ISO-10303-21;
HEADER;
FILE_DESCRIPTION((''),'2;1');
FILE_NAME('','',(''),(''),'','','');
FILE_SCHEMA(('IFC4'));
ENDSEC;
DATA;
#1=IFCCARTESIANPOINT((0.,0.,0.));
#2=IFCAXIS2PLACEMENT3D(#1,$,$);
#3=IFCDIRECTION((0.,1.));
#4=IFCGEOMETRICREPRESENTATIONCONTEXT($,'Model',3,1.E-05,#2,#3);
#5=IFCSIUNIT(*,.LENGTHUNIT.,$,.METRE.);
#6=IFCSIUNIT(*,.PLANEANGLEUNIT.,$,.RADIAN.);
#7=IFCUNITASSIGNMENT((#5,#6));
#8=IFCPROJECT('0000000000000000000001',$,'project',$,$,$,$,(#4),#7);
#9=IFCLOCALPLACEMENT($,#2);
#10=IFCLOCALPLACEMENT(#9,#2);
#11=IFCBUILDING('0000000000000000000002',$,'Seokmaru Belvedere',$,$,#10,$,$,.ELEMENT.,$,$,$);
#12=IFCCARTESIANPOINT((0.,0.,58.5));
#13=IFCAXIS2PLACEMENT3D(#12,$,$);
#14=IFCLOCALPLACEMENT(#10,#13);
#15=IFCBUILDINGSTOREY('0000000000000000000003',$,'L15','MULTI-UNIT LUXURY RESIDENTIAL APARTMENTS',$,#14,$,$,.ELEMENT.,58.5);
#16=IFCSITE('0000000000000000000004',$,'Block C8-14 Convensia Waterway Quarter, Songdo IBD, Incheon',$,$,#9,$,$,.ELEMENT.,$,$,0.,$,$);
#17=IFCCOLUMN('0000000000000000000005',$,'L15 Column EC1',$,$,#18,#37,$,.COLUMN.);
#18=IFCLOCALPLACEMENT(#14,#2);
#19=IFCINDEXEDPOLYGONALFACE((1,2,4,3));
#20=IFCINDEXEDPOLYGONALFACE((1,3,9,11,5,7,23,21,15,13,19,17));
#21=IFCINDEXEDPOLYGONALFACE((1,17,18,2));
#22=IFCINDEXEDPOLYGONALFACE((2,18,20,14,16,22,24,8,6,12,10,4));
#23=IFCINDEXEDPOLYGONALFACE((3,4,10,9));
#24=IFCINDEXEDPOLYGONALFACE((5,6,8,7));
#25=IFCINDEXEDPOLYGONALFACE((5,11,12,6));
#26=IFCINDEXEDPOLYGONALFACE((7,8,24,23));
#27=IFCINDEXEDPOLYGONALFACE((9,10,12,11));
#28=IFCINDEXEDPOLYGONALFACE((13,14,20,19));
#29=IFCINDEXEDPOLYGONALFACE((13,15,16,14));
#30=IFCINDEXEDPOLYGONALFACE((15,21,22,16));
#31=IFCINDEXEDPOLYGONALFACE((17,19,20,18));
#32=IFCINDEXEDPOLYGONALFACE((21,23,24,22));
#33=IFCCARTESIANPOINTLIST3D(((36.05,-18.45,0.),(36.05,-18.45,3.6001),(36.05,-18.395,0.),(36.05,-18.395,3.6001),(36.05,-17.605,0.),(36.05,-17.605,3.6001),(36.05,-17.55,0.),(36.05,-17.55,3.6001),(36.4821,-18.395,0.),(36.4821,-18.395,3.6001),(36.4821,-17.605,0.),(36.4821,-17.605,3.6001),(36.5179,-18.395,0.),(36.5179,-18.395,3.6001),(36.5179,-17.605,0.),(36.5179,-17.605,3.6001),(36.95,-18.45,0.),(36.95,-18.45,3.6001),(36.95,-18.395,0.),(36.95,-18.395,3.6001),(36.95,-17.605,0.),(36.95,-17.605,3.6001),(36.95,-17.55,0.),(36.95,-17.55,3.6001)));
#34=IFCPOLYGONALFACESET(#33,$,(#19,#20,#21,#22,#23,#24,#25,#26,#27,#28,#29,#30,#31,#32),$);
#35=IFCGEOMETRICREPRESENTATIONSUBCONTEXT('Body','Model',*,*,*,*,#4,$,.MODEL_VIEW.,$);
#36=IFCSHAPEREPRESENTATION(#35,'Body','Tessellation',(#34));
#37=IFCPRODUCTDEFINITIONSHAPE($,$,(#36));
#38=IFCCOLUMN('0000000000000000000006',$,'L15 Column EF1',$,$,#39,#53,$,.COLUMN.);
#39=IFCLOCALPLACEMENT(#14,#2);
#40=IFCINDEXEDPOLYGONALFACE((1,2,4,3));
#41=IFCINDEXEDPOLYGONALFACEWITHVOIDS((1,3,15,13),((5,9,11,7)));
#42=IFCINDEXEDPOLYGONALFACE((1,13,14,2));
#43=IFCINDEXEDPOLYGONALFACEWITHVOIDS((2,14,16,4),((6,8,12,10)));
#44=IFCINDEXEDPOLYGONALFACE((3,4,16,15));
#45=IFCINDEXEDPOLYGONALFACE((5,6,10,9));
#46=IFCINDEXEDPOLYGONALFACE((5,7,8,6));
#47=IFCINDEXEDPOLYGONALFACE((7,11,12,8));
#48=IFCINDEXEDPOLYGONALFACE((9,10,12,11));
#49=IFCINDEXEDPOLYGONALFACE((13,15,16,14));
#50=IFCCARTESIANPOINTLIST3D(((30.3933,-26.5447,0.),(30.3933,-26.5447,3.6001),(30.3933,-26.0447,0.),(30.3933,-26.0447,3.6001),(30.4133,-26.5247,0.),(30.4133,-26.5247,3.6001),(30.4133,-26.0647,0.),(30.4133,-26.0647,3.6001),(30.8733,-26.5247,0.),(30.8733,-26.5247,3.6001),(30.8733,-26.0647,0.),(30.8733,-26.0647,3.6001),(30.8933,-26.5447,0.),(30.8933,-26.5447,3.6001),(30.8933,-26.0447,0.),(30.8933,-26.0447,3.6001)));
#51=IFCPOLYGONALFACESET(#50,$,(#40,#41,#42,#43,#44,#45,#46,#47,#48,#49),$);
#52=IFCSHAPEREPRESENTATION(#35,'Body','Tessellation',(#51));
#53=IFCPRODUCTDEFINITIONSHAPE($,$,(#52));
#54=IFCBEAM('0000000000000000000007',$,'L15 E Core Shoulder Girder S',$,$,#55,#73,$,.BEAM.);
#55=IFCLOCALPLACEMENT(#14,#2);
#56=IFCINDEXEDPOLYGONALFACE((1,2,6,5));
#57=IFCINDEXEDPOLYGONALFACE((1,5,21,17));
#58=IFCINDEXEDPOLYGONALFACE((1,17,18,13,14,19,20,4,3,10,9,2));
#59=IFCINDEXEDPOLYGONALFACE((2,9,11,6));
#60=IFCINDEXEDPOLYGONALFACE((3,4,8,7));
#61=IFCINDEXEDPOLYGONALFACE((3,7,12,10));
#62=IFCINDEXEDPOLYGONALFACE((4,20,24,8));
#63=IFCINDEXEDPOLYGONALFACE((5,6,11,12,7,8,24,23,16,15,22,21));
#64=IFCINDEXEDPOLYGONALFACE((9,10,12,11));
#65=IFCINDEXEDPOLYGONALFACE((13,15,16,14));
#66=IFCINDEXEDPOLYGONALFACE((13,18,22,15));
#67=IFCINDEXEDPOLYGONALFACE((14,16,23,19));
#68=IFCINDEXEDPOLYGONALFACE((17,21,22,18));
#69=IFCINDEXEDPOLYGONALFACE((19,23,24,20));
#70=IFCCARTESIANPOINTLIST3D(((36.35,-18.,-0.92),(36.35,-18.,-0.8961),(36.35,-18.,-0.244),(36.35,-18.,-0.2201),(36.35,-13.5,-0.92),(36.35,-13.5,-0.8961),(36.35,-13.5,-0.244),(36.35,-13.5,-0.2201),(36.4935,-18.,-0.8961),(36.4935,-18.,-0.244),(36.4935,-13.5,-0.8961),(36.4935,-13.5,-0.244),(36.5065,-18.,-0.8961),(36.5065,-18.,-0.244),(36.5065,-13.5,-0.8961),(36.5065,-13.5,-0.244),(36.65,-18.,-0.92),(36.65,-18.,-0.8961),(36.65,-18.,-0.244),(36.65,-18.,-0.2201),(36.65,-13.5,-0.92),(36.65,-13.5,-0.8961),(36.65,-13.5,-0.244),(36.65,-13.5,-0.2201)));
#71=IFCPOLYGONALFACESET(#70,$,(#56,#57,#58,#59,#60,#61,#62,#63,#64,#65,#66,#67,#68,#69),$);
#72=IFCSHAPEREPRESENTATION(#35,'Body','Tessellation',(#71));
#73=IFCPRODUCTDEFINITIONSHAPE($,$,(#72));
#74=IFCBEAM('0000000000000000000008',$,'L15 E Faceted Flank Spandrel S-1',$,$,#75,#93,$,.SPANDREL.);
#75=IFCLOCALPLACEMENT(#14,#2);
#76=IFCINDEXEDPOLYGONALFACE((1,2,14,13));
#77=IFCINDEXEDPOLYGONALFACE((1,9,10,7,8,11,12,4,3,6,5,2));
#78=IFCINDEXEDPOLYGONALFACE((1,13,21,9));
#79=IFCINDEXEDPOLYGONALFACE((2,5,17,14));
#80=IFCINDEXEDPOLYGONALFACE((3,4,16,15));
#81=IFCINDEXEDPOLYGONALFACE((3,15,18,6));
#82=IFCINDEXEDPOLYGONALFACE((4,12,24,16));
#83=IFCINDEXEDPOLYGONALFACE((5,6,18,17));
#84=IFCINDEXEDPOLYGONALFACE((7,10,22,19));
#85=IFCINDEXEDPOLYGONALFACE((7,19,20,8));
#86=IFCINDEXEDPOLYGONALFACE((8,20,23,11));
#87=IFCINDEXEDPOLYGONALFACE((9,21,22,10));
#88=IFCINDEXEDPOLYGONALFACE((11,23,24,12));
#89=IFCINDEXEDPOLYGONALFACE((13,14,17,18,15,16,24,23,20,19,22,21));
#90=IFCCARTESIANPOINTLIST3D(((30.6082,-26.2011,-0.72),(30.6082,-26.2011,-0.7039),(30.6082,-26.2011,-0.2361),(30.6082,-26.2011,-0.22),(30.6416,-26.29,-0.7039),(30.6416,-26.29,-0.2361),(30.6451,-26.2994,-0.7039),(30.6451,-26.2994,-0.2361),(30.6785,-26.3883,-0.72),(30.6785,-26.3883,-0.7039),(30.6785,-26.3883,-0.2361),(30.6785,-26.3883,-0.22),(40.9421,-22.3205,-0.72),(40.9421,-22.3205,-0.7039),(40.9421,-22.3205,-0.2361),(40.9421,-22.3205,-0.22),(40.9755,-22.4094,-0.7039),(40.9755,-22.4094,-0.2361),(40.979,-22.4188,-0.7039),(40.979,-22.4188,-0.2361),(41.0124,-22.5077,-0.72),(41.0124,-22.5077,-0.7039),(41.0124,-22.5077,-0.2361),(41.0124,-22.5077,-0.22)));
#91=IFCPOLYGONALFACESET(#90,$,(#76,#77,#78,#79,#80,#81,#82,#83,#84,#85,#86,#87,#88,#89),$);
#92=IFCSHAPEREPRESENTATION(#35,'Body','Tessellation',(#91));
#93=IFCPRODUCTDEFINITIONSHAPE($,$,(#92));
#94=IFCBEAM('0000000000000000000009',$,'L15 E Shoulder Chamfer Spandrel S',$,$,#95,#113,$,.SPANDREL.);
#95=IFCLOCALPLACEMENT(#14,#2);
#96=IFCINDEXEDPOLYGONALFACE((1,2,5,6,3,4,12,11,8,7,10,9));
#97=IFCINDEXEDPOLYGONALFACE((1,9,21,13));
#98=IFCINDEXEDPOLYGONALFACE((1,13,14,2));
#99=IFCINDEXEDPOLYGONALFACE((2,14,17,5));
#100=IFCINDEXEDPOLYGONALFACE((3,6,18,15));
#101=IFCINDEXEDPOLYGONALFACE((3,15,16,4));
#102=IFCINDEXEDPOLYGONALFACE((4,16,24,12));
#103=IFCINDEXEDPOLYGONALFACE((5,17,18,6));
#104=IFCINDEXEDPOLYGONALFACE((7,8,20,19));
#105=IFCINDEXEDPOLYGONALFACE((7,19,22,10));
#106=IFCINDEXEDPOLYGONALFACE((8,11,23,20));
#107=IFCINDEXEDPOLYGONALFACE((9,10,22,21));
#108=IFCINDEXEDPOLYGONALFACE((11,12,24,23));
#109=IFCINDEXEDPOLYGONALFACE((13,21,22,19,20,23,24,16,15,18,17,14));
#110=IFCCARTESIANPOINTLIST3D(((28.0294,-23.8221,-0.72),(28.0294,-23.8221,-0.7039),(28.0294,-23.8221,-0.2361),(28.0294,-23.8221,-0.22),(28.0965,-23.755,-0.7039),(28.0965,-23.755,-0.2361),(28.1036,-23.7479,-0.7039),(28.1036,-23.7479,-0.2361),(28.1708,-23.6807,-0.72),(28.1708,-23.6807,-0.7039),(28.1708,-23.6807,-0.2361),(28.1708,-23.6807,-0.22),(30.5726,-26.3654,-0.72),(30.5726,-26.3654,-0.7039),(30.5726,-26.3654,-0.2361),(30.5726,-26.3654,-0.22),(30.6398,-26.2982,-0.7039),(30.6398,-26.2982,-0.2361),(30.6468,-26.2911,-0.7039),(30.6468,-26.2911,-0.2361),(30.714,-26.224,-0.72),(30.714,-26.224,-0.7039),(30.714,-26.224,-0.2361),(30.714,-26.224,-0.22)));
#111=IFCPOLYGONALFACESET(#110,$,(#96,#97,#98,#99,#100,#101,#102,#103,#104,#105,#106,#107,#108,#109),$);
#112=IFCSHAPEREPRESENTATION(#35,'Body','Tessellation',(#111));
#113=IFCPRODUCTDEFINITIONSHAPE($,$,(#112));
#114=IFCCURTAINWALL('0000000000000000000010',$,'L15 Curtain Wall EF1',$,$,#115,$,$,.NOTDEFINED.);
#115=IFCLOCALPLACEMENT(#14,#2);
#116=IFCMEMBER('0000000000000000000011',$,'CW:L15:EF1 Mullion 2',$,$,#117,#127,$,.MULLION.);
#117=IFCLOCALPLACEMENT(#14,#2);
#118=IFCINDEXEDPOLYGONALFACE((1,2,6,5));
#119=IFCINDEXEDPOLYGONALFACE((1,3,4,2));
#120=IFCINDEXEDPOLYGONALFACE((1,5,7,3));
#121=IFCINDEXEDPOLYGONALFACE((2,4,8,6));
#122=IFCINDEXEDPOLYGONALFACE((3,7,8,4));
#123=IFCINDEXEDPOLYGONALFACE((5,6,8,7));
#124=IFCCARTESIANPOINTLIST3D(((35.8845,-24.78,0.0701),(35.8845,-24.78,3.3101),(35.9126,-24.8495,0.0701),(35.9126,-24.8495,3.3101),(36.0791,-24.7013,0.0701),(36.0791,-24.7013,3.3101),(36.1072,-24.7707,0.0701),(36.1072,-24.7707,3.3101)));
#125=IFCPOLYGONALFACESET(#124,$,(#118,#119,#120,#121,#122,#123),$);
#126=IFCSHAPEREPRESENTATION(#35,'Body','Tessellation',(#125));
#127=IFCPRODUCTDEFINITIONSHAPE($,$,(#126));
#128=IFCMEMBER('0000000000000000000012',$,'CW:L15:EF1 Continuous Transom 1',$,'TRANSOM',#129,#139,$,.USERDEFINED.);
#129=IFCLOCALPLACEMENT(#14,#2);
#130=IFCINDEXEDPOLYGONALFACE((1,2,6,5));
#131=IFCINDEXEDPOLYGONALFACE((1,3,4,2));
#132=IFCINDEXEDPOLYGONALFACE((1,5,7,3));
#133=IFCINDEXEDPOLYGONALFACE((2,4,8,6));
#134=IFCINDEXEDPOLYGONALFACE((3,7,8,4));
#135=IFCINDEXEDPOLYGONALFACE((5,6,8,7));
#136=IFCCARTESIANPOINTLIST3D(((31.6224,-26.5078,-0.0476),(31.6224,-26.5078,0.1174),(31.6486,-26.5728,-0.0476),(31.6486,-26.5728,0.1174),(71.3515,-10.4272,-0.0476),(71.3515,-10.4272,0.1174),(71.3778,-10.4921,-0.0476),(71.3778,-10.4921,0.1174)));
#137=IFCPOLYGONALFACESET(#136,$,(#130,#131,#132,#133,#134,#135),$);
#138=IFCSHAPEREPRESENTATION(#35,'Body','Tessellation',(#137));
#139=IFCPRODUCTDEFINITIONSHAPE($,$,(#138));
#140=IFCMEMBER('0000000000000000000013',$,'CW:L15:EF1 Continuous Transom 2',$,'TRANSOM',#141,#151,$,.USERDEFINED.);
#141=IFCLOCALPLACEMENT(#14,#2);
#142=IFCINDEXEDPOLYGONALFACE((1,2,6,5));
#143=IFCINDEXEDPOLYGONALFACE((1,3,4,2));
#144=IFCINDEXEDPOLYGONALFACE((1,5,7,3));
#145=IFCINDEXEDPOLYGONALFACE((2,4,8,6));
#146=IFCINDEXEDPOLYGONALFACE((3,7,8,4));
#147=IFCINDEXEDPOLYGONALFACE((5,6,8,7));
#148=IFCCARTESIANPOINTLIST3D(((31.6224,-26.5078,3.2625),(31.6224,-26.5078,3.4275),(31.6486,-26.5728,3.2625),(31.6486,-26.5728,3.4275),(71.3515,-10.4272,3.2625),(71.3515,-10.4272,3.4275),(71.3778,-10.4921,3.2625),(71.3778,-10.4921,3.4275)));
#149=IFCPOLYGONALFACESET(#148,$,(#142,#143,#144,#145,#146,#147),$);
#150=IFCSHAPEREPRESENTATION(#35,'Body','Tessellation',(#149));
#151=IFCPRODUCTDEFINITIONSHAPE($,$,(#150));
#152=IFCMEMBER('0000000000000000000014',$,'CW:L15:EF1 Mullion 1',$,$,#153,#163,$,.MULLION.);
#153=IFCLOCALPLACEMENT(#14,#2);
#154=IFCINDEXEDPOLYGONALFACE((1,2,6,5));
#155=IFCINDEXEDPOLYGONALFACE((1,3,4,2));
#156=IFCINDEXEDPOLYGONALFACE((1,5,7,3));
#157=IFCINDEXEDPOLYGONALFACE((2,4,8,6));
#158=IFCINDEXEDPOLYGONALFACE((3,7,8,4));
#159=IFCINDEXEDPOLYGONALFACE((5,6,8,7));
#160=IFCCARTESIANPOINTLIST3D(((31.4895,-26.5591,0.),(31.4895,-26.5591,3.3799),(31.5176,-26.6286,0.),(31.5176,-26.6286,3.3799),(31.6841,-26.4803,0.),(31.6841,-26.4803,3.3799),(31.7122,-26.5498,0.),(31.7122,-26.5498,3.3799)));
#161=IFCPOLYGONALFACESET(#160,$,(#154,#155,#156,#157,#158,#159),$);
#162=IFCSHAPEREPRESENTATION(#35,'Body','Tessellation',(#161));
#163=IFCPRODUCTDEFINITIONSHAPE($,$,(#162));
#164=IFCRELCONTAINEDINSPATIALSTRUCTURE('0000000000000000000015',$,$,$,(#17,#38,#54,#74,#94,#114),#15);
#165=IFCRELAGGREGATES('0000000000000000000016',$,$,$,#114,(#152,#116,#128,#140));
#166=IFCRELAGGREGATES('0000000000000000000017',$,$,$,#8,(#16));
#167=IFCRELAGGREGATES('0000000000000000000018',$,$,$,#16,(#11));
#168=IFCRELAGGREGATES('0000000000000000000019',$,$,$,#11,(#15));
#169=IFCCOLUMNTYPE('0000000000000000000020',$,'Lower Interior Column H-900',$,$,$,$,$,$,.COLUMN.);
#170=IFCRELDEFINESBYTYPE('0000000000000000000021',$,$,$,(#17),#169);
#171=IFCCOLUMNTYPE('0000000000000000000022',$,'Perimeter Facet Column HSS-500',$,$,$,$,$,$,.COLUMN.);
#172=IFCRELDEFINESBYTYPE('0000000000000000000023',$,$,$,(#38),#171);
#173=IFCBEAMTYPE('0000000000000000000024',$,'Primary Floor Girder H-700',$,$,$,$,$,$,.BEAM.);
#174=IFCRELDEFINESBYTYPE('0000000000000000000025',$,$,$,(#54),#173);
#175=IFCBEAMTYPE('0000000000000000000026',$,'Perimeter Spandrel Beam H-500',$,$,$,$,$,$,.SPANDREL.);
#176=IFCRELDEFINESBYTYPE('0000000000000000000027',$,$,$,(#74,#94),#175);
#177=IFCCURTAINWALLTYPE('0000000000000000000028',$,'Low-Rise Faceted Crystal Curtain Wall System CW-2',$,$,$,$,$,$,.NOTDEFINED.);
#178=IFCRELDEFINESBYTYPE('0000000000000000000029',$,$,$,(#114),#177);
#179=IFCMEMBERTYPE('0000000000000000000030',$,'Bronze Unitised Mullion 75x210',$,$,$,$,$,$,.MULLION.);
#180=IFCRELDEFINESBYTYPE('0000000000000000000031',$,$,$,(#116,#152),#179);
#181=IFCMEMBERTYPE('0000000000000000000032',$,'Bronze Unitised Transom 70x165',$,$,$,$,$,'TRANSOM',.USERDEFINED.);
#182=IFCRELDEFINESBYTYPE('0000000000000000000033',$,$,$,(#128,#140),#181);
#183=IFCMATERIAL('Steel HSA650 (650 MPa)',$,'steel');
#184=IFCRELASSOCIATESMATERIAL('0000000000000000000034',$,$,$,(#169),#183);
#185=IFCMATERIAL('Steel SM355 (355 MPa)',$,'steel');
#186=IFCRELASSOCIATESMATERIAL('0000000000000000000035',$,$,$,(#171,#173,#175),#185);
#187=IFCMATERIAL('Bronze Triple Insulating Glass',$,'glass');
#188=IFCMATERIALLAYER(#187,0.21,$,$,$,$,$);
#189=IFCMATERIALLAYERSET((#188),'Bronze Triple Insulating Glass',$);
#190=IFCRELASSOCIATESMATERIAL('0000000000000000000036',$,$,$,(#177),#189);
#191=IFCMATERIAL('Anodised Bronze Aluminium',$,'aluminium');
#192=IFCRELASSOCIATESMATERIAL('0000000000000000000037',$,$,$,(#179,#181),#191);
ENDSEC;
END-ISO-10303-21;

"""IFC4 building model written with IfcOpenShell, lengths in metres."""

from ifc_helpers import new_model, si_unit, direction, frame, origin, origin_2d, place, context, subcontext, project, spatial, rectangle, hollow_rectangle, i_section, extrude, source, transform, mapped, material, layer, layer_set, material_profile, profile_set, type_object, type_shapes, element, aggregate, save


model = new_model("IFC4")

# Units and contexts
model_context = context("Model", 3, precision=1e-05, world=origin(), true_north=direction((0.0, 1.0)))
body_context = subcontext(model_context, "Body", "Model", "MODEL_VIEW")
ifc_project = project(units=[si_unit("LENGTHUNIT", "METRE"), si_unit("PLANEANGLEUNIT", "RADIAN")], contexts=[model_context])

# Site, building, storey
site_placement = place(None, origin())
site = spatial("IfcSite", under=ifc_project, at=site_placement, Name="Block C8-14 Convensia Waterway Quarter, Songdo IBD, Incheon", CompositionType="ELEMENT", RefElevation=0.0)
building_placement = place(site_placement, origin())
building = spatial("IfcBuilding", under=site, at=building_placement, Name="Seokmaru Belvedere", CompositionType="ELEMENT")
storey_placement = place(building_placement, frame((0.0, 0.0, 58.5)))
storey = spatial("IfcBuildingStorey", under=building, at=storey_placement, Name="L15", Description="MULTI-UNIT LUXURY RESIDENTIAL APARTMENTS", CompositionType="ELEMENT", Elevation=58.5)

# Columns
ifc_material_1 = material(Name="Steel HSA650 (650 MPa)", Category="steel")
ifc_material_profile_1 = material_profile(ifc_material_1, i_section(OverallWidth=0.8999, OverallDepth=0.8999, WebThickness=0.0359, FlangeThickness=0.0549, at=origin_2d()), Name="H-900x900x36x55")
ifc_profile_set_1 = profile_set([ifc_material_profile_1], Name="Steel HSA650 (650 MPa)")
column_type_1 = type_object("IfcColumnType", Name="Lower Interior Column H-900", PredefinedType="COLUMN", material=ifc_profile_set_1)
shared_shape_1 = source(origin(), body_context, "Body", "SweptSolid", [
    extrude(i_section(OverallWidth=0.8999, OverallDepth=0.8999, WebThickness=0.0359, FlangeThickness=0.0549, at=origin_2d()), origin(), (0.0, 0.0, 1.0), 3.6001),
])
type_shapes(column_type_1, [shared_shape_1])
column_1_placement = place(storey_placement, frame((36.5, -18.0, 0.0), z_axis=(0.0, 0.0, 1.0), x_axis=(1.0, 0.0, 0.0)))
element("IfcColumn", 1, at=column_1_placement, inside=storey, type_object=column_type_1, Name="L15 Column EC1", PredefinedType="COLUMN", context=body_context, shape_type="MappedRepresentation", body=[
    mapped(shared_shape_1, transform((0.0, 0.0, 0.0), scale=1.0)),
])
ifc_material_2 = material(Name="Steel SM355 (355 MPa)", Category="steel")
ifc_material_profile_2 = material_profile(ifc_material_2, hollow_rectangle(XDim=0.5, YDim=0.5, WallThickness=0.02, at=origin_2d()), Name="HSS-500x500x20")
ifc_profile_set_2 = profile_set([ifc_material_profile_2], Name="Steel SM355 (355 MPa)")
column_type_2 = type_object("IfcColumnType", Name="Perimeter Facet Column HSS-500", PredefinedType="COLUMN", material=ifc_profile_set_2)
shared_shape_2 = source(origin(), body_context, "Body", "SweptSolid", [
    extrude(hollow_rectangle(XDim=0.5, YDim=0.5, WallThickness=0.02, at=origin_2d()), origin(), (0.0, 0.0, 1.0), 3.6001),
])
type_shapes(column_type_2, [shared_shape_2])
column_2_placement = place(storey_placement, frame((30.6433, -26.2947, 0.0), z_axis=(0.0, 0.0, 1.0), x_axis=(1.0, 0.0, 0.0)))
element("IfcColumn", 2, at=column_2_placement, inside=storey, type_object=column_type_2, Name="L15 Column EF1", PredefinedType="COLUMN", context=body_context, shape_type="MappedRepresentation", body=[
    mapped(shared_shape_2, transform((0.0, 0.0, 0.0), scale=1.0)),
])

# Beams
ifc_material_profile_3 = material_profile(ifc_material_2, i_section(OverallWidth=0.3, OverallDepth=0.7, WebThickness=0.0129, FlangeThickness=0.0239, at=origin_2d()), Name="H-700x300x13x24")
ifc_profile_set_3 = profile_set([ifc_material_profile_3], Name="Steel SM355 (355 MPa)")
beam_type_1 = type_object("IfcBeamType", Name="Primary Floor Girder H-700", PredefinedType="BEAM", material=ifc_profile_set_3)
shared_shape_3 = source(origin(), body_context, "Body", "SweptSolid", [
    extrude(i_section(OverallWidth=0.3, OverallDepth=0.7, WebThickness=0.0129, FlangeThickness=0.0239, at=origin_2d()), origin(), (0.0, 0.0, 1.0), 4.5),
])
type_shapes(beam_type_1, [shared_shape_3])
beam_1_placement = place(storey_placement, frame((36.5, -18.0, -0.5701), z_axis=(0.0, 1.0, 0.0), x_axis=(-1.0, 0.0, 0.0)))
element("IfcBeam", 3, at=beam_1_placement, inside=storey, type_object=beam_type_1, Name="L15 E Core Shoulder Girder S", PredefinedType="BEAM", context=body_context, shape_type="MappedRepresentation", body=[
    mapped(shared_shape_3, transform((0.0, 0.0, 0.0), scale=1.0)),
])
ifc_material_profile_4 = material_profile(ifc_material_2, i_section(OverallWidth=0.2, OverallDepth=0.5, WebThickness=0.01, FlangeThickness=0.0161, at=origin_2d()), Name="H-500x200x10x16")
ifc_profile_set_4 = profile_set([ifc_material_profile_4], Name="Steel SM355 (355 MPa)")
beam_type_2 = type_object("IfcBeamType", Name="Perimeter Spandrel Beam H-500", PredefinedType="SPANDREL", material=ifc_profile_set_4)
shared_shape_4 = source(origin(), body_context, "Body", "SweptSolid", [
    extrude(i_section(OverallWidth=0.2, OverallDepth=0.5, WebThickness=0.01, FlangeThickness=0.0161, at=origin_2d()), origin(), (0.0, 0.0, 1.0), 11.0386),
])
beam_2_placement = place(storey_placement, frame((30.6433, -26.2947, -0.47), z_axis=(0.936169, 0.35155, 0.0), x_axis=(-0.35155, 0.936169, 0.0)))
element("IfcBeam", 4, at=beam_2_placement, inside=storey, type_object=beam_type_2, Name="L15 E Faceted Flank Spandrel S-1", PredefinedType="SPANDREL", context=body_context, shape_type="MappedRepresentation", body=[
    mapped(shared_shape_4, transform((0.0, 0.0, 0.0), scale=1.0)),
])
shared_shape_5 = source(origin(), body_context, "Body", "SweptSolid", [
    extrude(i_section(OverallWidth=0.2, OverallDepth=0.5, WebThickness=0.01, FlangeThickness=0.0161, at=origin_2d()), origin(), (0.0, 0.0, 1.0), 3.5967),
])
type_shapes(beam_type_2, [shared_shape_4, shared_shape_5])
beam_3_placement = place(storey_placement, frame((30.6433, -26.2947, -0.47), z_axis=(-0.707107, 0.707107, 0.0), x_axis=(-0.707107, -0.707107, 0.0)))
element("IfcBeam", 5, at=beam_3_placement, inside=storey, type_object=beam_type_2, Name="L15 E Shoulder Chamfer Spandrel S", PredefinedType="SPANDREL", context=body_context, shape_type="MappedRepresentation", body=[
    mapped(shared_shape_5, transform((0.0, 0.0, 0.0), scale=1.0)),
])

# Curtain wall, members
ifc_material_3 = material(Name="Bronze Triple Insulating Glass", Category="glass")
ifc_layer_1 = layer(ifc_material_3, 0.21)
ifc_layer_set_1 = layer_set([ifc_layer_1], Name="Bronze Triple Insulating Glass")
curtain_wall_type = type_object("IfcCurtainWallType", Name="Low-Rise Faceted Crystal Curtain Wall System CW-2", PredefinedType="NOTDEFINED", material=ifc_layer_set_1)
curtain_wall_1_placement = place(storey_placement, origin())
curtain_wall_1 = element("IfcCurtainWall", 6, at=curtain_wall_1_placement, inside=storey, type_object=curtain_wall_type, Name="L15 Curtain Wall EF1", PredefinedType="NOTDEFINED")
ifc_material_4 = material(Name="Anodised Bronze Aluminium", Category="aluminium")
ifc_material_profile_5 = material_profile(ifc_material_4, rectangle(XDim=0.075, YDim=0.21, at=origin_2d()), Name="CW-M-75x210")
ifc_profile_set_5 = profile_set([ifc_material_profile_5], Name="Anodised Bronze Aluminium")
member_type_1 = type_object("IfcMemberType", Name="Bronze Unitised Mullion 75x210", PredefinedType="MULLION", material=ifc_profile_set_5)
shared_shape_6 = source(origin(), body_context, "Body", "SweptSolid", [
    extrude(rectangle(XDim=0.075, YDim=0.21, at=origin_2d()), origin(), (0.0, 0.0, 1.0), 3.24),
])
member_1_placement = place(storey_placement, frame((35.9958, -24.7754, 0.0701), z_axis=(0.0, 0.0, 1.0), x_axis=(-0.375192, 0.926947, 0.0)))
member_1 = element("IfcMember", 7, at=member_1_placement, type_object=member_type_1, Name="CW:L15:EF1 Mullion 2", PredefinedType="MULLION", context=body_context, shape_type="MappedRepresentation", body=[
    mapped(shared_shape_6, transform((0.0, 0.0, 0.0), scale=1.0)),
])
ifc_material_profile_6 = material_profile(ifc_material_4, rectangle(XDim=0.0701, YDim=0.165, at=origin_2d()), Name="CW-T-70x165")
ifc_profile_set_6 = profile_set([ifc_material_profile_6], Name="Anodised Bronze Aluminium")
member_type_2 = type_object("IfcMemberType", Name="Bronze Unitised Transom 70x165", ElementType="TRANSOM", PredefinedType="USERDEFINED", material=ifc_profile_set_6)
shared_shape_7 = source(origin(), body_context, "Body", "SweptSolid", [
    extrude(rectangle(XDim=0.0701, YDim=0.165, at=origin_2d()), origin(), (0.0, 0.0, 1.0), 42.8601),
])
type_shapes(member_type_2, [shared_shape_7])
member_2_placement = place(storey_placement, frame((31.6355, -26.5403, 0.0349), z_axis=(0.926949, 0.375188, 0.0), x_axis=(-0.375188, 0.926949, 0.0)))
member_2 = element("IfcMember", 8, at=member_2_placement, type_object=member_type_2, Name="CW:L15:EF1 Continuous Transom 1", ObjectType="TRANSOM", PredefinedType="USERDEFINED", context=body_context, shape_type="MappedRepresentation", body=[
    mapped(shared_shape_7, transform((0.0, 0.0, 0.0), scale=1.0)),
])
member_3_placement = place(storey_placement, frame((31.6355, -26.5403, 3.345), z_axis=(0.926949, 0.375188, 0.0), x_axis=(-0.375188, 0.926949, 0.0)))
member_3 = element("IfcMember", 9, at=member_3_placement, type_object=member_type_2, Name="CW:L15:EF1 Continuous Transom 2", ObjectType="TRANSOM", PredefinedType="USERDEFINED", context=body_context, shape_type="MappedRepresentation", body=[
    mapped(shared_shape_7, transform((0.0, 0.0, 0.0), scale=1.0)),
])
shared_shape_8 = source(origin(), body_context, "Body", "SweptSolid", [
    extrude(rectangle(XDim=0.075, YDim=0.21, at=origin_2d()), origin(), (0.0, 0.0, 1.0), 3.3799),
])
type_shapes(member_type_1, [shared_shape_6, shared_shape_8])
member_4_placement = place(storey_placement, frame((31.6008, -26.5544, 0.0), z_axis=(0.0, 0.0, 1.0), x_axis=(-0.375192, 0.926947, 0.0)))
member_4 = element("IfcMember", 10, at=member_4_placement, type_object=member_type_1, Name="CW:L15:EF1 Mullion 1", PredefinedType="MULLION", context=body_context, shape_type="MappedRepresentation", body=[
    mapped(shared_shape_8, transform((0.0, 0.0, 0.0), scale=1.0)),
])

aggregate(curtain_wall_1, [member_4, member_1, member_2, member_3])

save(model, "model.ifc")
